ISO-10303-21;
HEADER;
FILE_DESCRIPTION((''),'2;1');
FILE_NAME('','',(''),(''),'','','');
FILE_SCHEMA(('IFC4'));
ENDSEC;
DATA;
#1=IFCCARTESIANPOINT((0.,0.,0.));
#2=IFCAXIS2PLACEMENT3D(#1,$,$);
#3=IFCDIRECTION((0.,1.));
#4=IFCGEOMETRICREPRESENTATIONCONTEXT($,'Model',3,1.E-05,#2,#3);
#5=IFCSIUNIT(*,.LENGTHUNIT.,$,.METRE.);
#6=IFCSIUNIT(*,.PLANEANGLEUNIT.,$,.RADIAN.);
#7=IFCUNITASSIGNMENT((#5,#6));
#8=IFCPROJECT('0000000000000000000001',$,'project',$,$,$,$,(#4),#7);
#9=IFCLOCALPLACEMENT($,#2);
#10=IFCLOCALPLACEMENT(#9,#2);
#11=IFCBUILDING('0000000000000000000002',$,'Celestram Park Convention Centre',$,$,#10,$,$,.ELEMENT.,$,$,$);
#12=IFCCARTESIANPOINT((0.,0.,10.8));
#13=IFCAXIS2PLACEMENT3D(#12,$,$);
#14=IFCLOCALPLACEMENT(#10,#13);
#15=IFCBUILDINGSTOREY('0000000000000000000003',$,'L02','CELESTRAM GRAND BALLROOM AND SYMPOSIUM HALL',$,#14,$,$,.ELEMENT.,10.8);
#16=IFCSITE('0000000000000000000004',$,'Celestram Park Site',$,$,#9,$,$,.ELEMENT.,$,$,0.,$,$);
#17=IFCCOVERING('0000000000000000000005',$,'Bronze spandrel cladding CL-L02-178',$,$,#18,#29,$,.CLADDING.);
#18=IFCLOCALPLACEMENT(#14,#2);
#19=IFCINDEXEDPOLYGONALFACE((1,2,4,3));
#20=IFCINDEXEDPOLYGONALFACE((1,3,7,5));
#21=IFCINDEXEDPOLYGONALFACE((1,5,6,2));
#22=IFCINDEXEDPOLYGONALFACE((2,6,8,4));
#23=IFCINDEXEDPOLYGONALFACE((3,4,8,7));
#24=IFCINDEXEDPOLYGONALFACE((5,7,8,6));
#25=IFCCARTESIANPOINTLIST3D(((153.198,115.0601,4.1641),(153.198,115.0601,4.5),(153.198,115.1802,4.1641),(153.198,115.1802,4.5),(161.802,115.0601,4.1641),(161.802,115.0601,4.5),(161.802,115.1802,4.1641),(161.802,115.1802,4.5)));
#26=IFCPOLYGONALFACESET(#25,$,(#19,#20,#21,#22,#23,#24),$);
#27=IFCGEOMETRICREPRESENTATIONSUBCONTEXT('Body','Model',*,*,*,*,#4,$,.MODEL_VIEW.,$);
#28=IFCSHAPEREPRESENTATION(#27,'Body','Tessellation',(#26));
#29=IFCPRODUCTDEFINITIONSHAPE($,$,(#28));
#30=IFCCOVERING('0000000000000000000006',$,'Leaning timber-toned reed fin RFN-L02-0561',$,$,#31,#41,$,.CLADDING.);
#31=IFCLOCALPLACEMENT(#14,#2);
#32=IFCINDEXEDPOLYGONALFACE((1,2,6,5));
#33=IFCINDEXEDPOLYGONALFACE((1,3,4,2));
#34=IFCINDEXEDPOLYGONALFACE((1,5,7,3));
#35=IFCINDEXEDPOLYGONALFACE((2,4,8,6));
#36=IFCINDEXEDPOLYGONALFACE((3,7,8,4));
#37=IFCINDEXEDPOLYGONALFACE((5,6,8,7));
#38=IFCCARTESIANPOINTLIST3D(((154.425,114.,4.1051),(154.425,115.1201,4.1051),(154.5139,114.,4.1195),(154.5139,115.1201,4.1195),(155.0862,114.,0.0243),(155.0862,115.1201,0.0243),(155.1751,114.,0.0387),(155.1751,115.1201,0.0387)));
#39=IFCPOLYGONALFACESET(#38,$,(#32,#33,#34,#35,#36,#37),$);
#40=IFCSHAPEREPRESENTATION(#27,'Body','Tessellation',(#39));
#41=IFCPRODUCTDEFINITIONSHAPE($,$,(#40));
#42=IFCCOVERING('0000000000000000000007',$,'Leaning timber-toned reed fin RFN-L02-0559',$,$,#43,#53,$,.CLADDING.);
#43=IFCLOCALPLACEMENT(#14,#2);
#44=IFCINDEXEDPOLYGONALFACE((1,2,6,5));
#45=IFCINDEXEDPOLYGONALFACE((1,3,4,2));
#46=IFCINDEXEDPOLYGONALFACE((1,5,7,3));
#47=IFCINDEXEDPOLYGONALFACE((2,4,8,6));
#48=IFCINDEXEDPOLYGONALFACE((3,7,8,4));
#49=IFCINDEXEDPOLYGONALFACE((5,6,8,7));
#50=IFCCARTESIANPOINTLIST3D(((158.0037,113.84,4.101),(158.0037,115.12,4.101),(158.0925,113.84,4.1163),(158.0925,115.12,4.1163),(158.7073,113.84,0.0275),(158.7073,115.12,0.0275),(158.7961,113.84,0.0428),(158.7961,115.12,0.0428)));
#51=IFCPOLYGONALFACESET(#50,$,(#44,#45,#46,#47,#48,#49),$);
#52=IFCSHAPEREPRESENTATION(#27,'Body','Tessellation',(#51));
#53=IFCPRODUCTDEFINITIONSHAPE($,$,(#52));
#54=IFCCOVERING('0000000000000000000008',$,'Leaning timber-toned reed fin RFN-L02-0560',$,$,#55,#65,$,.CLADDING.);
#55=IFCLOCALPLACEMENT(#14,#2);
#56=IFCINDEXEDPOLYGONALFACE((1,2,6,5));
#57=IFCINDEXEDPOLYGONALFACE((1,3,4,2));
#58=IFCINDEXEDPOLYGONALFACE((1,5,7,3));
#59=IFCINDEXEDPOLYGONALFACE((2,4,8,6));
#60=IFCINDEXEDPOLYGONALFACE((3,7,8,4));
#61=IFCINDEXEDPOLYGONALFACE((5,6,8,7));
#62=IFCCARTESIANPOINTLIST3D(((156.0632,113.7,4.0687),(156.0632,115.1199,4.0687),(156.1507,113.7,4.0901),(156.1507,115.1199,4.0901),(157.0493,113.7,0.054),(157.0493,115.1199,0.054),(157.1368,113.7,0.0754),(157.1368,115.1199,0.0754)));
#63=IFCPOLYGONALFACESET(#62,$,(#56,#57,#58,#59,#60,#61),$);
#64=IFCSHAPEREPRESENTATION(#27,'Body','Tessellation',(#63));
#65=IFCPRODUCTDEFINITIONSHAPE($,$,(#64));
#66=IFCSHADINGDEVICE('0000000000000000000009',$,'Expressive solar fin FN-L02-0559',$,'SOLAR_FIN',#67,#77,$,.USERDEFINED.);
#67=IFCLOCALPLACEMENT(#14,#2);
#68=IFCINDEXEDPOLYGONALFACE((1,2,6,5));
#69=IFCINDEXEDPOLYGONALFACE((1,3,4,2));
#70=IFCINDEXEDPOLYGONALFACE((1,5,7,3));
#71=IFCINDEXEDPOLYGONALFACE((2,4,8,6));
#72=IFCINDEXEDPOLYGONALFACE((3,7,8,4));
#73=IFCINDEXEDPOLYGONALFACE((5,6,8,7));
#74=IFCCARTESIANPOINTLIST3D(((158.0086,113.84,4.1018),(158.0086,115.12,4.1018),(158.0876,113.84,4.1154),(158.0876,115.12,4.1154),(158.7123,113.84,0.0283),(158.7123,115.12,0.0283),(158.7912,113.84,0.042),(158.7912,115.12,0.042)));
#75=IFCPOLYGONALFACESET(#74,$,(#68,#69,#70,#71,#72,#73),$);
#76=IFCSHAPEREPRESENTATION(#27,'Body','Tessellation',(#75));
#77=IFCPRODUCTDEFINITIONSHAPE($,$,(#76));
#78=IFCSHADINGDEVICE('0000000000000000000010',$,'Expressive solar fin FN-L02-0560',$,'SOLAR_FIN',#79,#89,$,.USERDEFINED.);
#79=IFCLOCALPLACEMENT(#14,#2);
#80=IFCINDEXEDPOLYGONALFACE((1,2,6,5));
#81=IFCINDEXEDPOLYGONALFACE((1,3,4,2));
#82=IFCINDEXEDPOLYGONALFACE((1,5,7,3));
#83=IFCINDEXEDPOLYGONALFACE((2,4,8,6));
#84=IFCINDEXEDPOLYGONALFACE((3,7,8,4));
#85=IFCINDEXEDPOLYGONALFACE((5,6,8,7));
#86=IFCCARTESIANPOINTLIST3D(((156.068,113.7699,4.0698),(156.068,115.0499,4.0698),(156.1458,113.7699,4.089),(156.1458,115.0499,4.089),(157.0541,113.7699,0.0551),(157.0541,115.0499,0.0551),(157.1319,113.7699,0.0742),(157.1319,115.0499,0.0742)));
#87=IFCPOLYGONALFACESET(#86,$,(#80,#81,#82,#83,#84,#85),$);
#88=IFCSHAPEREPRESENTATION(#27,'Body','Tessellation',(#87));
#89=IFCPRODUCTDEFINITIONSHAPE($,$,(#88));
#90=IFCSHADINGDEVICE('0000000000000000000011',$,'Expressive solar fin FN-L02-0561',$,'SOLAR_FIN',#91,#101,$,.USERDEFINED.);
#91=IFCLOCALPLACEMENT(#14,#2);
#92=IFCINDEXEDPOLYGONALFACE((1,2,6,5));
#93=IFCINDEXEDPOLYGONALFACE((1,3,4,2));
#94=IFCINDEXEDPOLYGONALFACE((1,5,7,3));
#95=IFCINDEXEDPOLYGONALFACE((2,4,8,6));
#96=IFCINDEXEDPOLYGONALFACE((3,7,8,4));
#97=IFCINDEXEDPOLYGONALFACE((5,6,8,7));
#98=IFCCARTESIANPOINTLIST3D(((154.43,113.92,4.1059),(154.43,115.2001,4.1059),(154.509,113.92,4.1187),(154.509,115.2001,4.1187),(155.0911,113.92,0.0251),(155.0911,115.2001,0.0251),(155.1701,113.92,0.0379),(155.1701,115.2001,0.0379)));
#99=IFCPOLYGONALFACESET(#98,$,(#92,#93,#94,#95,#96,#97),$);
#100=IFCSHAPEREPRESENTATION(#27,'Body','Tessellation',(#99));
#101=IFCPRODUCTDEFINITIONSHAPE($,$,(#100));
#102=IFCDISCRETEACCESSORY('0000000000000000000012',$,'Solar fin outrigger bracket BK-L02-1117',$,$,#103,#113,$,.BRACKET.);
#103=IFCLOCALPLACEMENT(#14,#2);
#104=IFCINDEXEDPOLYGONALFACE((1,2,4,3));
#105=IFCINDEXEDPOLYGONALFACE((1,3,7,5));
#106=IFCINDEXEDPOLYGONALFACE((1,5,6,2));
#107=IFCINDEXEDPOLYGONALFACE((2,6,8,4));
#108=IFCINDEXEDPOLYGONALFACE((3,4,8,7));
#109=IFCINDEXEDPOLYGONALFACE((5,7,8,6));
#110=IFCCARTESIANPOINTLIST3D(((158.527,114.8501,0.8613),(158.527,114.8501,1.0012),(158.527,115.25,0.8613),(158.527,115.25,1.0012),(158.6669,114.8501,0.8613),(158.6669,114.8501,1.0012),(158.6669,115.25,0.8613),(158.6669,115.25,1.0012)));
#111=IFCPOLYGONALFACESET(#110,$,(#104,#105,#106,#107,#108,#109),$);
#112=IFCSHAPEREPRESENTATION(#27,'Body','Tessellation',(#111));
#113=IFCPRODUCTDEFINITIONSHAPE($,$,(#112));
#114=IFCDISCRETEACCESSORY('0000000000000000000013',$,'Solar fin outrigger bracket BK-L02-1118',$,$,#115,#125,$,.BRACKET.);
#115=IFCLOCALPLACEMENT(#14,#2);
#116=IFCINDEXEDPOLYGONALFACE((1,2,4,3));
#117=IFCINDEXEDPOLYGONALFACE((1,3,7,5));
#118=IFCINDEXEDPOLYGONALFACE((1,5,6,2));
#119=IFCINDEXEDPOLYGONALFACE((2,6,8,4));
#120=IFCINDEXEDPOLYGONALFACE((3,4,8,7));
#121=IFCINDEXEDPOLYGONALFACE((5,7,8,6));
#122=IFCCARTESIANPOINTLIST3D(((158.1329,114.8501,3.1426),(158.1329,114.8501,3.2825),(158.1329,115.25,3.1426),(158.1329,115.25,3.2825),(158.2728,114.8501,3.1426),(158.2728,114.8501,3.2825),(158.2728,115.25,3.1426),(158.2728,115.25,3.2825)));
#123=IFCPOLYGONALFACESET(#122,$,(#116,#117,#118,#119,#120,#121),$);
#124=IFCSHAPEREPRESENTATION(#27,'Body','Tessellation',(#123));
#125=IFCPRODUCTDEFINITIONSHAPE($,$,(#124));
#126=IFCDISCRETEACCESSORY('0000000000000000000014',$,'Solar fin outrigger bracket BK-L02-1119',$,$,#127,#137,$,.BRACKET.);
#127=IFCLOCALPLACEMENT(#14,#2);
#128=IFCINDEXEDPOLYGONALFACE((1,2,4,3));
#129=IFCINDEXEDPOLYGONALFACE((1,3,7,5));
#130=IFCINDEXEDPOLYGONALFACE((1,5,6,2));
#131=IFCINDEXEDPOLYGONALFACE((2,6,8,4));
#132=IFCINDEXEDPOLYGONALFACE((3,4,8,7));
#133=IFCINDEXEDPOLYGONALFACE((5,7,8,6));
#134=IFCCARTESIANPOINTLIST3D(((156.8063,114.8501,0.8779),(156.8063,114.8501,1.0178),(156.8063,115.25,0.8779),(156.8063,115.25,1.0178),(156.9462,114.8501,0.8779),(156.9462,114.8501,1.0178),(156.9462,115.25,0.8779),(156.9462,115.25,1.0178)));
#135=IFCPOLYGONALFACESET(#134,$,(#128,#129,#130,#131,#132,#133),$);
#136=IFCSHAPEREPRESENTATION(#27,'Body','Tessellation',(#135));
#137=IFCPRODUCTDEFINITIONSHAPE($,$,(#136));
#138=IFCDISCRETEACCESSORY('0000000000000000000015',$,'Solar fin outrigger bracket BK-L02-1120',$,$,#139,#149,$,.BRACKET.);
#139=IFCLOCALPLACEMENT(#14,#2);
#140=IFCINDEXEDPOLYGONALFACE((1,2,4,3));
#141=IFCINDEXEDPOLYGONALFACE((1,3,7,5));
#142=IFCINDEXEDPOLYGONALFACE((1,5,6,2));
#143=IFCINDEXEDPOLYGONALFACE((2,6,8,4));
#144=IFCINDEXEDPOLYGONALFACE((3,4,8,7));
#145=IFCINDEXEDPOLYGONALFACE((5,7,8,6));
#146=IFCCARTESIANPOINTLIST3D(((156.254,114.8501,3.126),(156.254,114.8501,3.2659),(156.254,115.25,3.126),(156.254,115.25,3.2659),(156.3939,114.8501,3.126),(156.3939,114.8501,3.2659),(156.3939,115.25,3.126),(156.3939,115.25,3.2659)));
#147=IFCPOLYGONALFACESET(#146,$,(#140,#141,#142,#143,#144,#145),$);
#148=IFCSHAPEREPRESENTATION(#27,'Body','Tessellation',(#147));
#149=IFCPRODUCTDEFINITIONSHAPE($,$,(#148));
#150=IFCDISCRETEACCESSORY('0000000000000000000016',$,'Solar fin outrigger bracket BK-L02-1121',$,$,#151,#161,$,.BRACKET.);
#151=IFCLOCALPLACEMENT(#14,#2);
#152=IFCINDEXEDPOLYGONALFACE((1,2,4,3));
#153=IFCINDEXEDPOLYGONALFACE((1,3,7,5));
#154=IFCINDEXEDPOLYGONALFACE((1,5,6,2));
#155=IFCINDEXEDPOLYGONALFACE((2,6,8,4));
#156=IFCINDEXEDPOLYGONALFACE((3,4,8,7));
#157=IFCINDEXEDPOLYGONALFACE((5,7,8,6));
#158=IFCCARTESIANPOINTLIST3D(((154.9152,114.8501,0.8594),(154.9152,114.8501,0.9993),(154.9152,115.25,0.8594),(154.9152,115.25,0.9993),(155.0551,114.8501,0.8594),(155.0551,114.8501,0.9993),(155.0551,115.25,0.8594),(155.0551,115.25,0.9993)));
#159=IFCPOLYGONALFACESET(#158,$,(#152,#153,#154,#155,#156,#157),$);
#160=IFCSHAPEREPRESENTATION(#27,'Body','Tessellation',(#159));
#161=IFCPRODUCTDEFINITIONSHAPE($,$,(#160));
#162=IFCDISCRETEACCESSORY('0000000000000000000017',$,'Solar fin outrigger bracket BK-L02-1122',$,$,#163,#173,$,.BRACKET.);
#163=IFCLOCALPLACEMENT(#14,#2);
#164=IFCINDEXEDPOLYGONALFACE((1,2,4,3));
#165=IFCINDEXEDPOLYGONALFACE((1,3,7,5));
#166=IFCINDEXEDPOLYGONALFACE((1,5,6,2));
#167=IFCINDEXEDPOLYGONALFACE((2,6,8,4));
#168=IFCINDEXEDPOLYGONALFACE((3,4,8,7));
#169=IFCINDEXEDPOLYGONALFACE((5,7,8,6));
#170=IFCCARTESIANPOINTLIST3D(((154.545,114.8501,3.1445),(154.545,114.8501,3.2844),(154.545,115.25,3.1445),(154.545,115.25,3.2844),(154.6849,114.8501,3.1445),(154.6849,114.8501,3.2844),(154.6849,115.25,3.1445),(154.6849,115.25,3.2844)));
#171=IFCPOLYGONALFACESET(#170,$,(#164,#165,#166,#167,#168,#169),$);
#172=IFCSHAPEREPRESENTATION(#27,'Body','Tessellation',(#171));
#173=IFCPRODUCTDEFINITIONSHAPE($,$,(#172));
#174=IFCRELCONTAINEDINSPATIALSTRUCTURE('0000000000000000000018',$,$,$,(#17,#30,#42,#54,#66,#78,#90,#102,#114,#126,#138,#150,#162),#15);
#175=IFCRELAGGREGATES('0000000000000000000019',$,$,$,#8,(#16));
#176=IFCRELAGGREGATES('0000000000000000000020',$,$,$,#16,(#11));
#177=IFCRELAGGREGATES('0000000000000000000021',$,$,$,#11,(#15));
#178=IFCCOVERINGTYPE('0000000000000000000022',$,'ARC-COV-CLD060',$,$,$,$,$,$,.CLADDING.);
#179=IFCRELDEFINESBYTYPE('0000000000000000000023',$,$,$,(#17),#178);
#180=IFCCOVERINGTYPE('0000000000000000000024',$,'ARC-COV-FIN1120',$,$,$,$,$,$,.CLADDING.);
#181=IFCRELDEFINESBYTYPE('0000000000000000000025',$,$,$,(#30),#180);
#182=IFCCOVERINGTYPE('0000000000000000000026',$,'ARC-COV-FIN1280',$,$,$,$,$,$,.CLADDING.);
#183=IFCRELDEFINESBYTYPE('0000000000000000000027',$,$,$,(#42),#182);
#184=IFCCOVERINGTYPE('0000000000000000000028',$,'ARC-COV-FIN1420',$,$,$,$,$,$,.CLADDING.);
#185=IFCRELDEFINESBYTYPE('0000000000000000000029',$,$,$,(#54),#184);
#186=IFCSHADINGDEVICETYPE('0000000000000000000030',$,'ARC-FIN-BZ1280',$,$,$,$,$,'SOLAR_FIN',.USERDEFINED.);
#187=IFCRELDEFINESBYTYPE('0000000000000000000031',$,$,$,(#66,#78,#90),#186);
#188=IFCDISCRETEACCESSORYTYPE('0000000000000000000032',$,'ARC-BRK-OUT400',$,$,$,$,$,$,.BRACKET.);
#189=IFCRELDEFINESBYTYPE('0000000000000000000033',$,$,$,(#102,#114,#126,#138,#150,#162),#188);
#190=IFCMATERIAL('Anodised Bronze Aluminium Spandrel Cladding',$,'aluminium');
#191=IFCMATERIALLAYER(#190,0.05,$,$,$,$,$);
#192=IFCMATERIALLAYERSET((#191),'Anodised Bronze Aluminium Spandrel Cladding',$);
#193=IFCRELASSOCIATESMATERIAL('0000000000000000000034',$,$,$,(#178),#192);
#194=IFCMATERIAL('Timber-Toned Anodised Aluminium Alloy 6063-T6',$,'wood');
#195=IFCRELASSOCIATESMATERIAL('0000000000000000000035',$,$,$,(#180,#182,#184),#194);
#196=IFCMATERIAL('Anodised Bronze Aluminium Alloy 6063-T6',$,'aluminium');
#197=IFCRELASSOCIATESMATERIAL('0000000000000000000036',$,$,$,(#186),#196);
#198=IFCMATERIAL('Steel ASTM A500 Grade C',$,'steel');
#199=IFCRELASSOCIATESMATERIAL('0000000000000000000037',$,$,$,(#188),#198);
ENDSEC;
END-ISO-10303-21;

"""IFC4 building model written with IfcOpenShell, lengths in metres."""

from ifc_helpers import new_model, si_unit, direction, frame, origin, origin_2d, place, context, subcontext, project, spatial, rectangle, extrude, material, layer, layer_set, material_profile, profile_set, type_object, element, save


model = new_model("IFC4")

# Units and contexts
model_context = context("Model", 3, precision=1e-05, world=origin(), true_north=direction((0.0, 1.0)))
body_context = subcontext(model_context, "Body", "Model", "MODEL_VIEW")
ifc_project = project(units=[si_unit("LENGTHUNIT", "METRE"), si_unit("PLANEANGLEUNIT", "RADIAN")], contexts=[model_context])

# Site, building, storey
site_placement = place(None, origin())
site = spatial("IfcSite", under=ifc_project, at=site_placement, Name="Celestram Park Site", CompositionType="ELEMENT", RefElevation=0.0)
building_placement = place(site_placement, origin())
building = spatial("IfcBuilding", under=site, at=building_placement, Name="Celestram Park Convention Centre", CompositionType="ELEMENT")
storey_placement = place(building_placement, frame((0.0, 0.0, 10.8)))
storey = spatial("IfcBuildingStorey", under=building, at=storey_placement, Name="L02", Description="CELESTRAM GRAND BALLROOM AND SYMPOSIUM HALL", CompositionType="ELEMENT", Elevation=10.8)

# Coverings
ifc_material_1 = material(Name="Anodised Bronze Aluminium Spandrel Cladding", Category="aluminium")
ifc_layer_1 = layer(ifc_material_1, 0.05)
ifc_layer_set_1 = layer_set([ifc_layer_1], Name="Anodised Bronze Aluminium Spandrel Cladding")
covering_type_1 = type_object("IfcCoveringType", Name="ARC-COV-CLD060", PredefinedType="CLADDING", material=ifc_layer_set_1)
covering_1_placement = place(storey_placement, frame((157.5, 115.1201, 4.1641), z_axis=(0.0, 0.0, 1.0), x_axis=(-1.0, 0.0, 0.0)))
element("IfcCovering", 1, at=covering_1_placement, inside=storey, type_object=covering_type_1, Name="Bronze spandrel cladding CL-L02-178", PredefinedType="CLADDING", context=body_context, shape_type="SweptSolid", body=[
    extrude(rectangle(XDim=8.604, YDim=0.1201, at=origin_2d()), origin(), (0.0, 0.0, 1.0), 0.3359),
])
ifc_material_2 = material(Name="Timber-Toned Anodised Aluminium Alloy 6063-T6", Category="wood")
ifc_material_profile_1 = material_profile(ifc_material_2, rectangle(XDim=1.1201, YDim=0.0901, at=origin_2d()), Name="REED1120X90")
ifc_profile_set_1 = profile_set([ifc_material_profile_1], Name="Timber-Toned Anodised Aluminium Alloy 6063-T6")
covering_type_2 = type_object("IfcCoveringType", Name="ARC-COV-FIN1120", PredefinedType="CLADDING", material=ifc_profile_set_1)
covering_2_placement = place(storey_placement, frame((155.1306, 114.5601, 0.0315), z_axis=(-0.159925, 0.0, 0.987129), x_axis=(0.0, -1.0, 0.0)))
element("IfcCovering", 2, at=covering_2_placement, inside=storey, type_object=covering_type_2, Name="Leaning timber-toned reed fin RFN-L02-0561", PredefinedType="CLADDING", context=body_context, shape_type="SweptSolid", body=[
    extrude(rectangle(XDim=1.1201, YDim=0.0901, at=origin_2d()), origin(), (0.0, 0.0, 1.0), 4.134),
])
ifc_material_profile_2 = material_profile(ifc_material_2, rectangle(XDim=1.28, YDim=0.0901, at=origin_2d()), Name="REED1280X90")
ifc_profile_set_2 = profile_set([ifc_material_profile_2], Name="Timber-Toned Anodised Aluminium Alloy 6063-T6")
covering_type_3 = type_object("IfcCoveringType", Name="ARC-COV-FIN1280", PredefinedType="CLADDING", material=ifc_profile_set_2)
covering_3_placement = place(storey_placement, frame((158.7517, 114.48, 0.0352), z_axis=(-0.17021, 0.0, 0.985408), x_axis=(0.0, -1.0, 0.0)))
element("IfcCovering", 3, at=covering_3_placement, inside=storey, type_object=covering_type_3, Name="Leaning timber-toned reed fin RFN-L02-0559", PredefinedType="CLADDING", context=body_context, shape_type="SweptSolid", body=[
    extrude(rectangle(XDim=1.28, YDim=0.0901, at=origin_2d()), origin(), (0.0, 0.0, 1.0), 4.1338),
])
ifc_material_profile_3 = material_profile(ifc_material_2, rectangle(XDim=1.4199, YDim=0.0901, at=origin_2d()), Name="REED1420X90")
ifc_profile_set_3 = profile_set([ifc_material_profile_3], Name="Timber-Toned Anodised Aluminium Alloy 6063-T6")
covering_type_4 = type_object("IfcCoveringType", Name="ARC-COV-FIN1420", PredefinedType="CLADDING", material=ifc_profile_set_3)
covering_4_placement = place(storey_placement, frame((157.093, 114.4099, 0.0647), z_axis=(-0.238532, 0.0, 0.971135), x_axis=(0.0, -1.0, 0.0)))
element("IfcCovering", 4, at=covering_4_placement, inside=storey, type_object=covering_type_4, Name="Leaning timber-toned reed fin RFN-L02-0560", PredefinedType="CLADDING", context=body_context, shape_type="SweptSolid", body=[
    extrude(rectangle(XDim=1.4199, YDim=0.0901, at=origin_2d()), origin(), (0.0, 0.0, 1.0), 4.134),
])

# Shading devices
ifc_material_3 = material(Name="Anodised Bronze Aluminium Alloy 6063-T6", Category="aluminium")
ifc_material_profile_4 = material_profile(ifc_material_3, rectangle(XDim=1.28, YDim=0.0801, at=origin_2d()), Name="FIN1280X80")
ifc_profile_set_4 = profile_set([ifc_material_profile_4], Name="Anodised Bronze Aluminium Alloy 6063-T6")
shading_device_type = type_object("IfcShadingDeviceType", Name="ARC-FIN-BZ1280", ElementType="SOLAR_FIN", PredefinedType="USERDEFINED", material=ifc_profile_set_4)
shading_device_placement = place(storey_placement, frame((158.7517, 114.48, 0.0352), z_axis=(-0.17021, 0.0, 0.985408), x_axis=(0.0, -1.0, 0.0)))
element("IfcShadingDevice", 5, at=shading_device_placement, inside=storey, type_object=shading_device_type, Name="Expressive solar fin FN-L02-0559", ObjectType="SOLAR_FIN", PredefinedType="USERDEFINED", context=body_context, shape_type="SweptSolid", body=[
    extrude(rectangle(XDim=1.28, YDim=0.0801, at=origin_2d()), origin(), (0.0, 0.0, 1.0), 4.1338),
])
for number, where, z_axis, x_axis, name in (
    (6, (157.093, 114.4099, 0.0647), (-0.238532, 0.0, 0.971135), (0.0, -1.0, 0.0), "Expressive solar fin FN-L02-0560"),
    (7, (155.1306, 114.5601, 0.0315), (-0.159925, 0.0, 0.987129), (0.0, -1.0, 0.0), "Expressive solar fin FN-L02-0561"),
):
    element("IfcShadingDevice", number, at=place(storey_placement, frame(where, z_axis=z_axis, x_axis=x_axis)), inside=storey, type_object=shading_device_type, Name=name, ObjectType="SOLAR_FIN", PredefinedType="USERDEFINED", context=body_context, shape_type="SweptSolid", body=[
        extrude(rectangle(XDim=1.28, YDim=0.0801, at=origin_2d()), origin(), (0.0, 0.0, 1.0), 4.134),
    ])

# Discrete accessories
ifc_material_4 = material(Name="Steel ASTM A500 Grade C", Category="steel")
discrete_accessory_type = type_object("IfcDiscreteAccessoryType", Name="ARC-BRK-OUT400", PredefinedType="BRACKET", material=ifc_material_4)
for number, where, z_axis, x_axis, name in (
    (8, (158.5969, 115.05, 0.8613), (0.0, 0.0, 1.0), (0.0, -1.0, 0.0), "Solar fin outrigger bracket BK-L02-1117"),
    (9, (158.2029, 115.05, 3.1426), (0.0, 0.0, 1.0), (0.0, -1.0, 0.0), "Solar fin outrigger bracket BK-L02-1118"),
    (10, (156.8762, 115.05, 0.8779), (0.0, 0.0, 1.0), (0.0, -1.0, 0.0), "Solar fin outrigger bracket BK-L02-1119"),
    (11, (156.324, 115.05, 3.126), (0.0, 0.0, 1.0), (0.0, -1.0, 0.0), "Solar fin outrigger bracket BK-L02-1120"),
    (12, (154.9851, 115.05, 0.8594), (0.0, 0.0, 1.0), (0.0, -1.0, 0.0), "Solar fin outrigger bracket BK-L02-1121"),
    (13, (154.615, 115.05, 3.1445), (0.0, 0.0, 1.0), (0.0, -1.0, 0.0), "Solar fin outrigger bracket BK-L02-1122"),
):
    element("IfcDiscreteAccessory", number, at=place(storey_placement, frame(where, z_axis=z_axis, x_axis=x_axis)), inside=storey, type_object=discrete_accessory_type, Name=name, PredefinedType="BRACKET", context=body_context, shape_type="SweptSolid", body=[
        extrude(rectangle(XDim=0.3999, YDim=0.1399, at=origin_2d()), origin(), (0.0, 0.0, 1.0), 0.1399),
    ])

save(model, "model.ifc")
